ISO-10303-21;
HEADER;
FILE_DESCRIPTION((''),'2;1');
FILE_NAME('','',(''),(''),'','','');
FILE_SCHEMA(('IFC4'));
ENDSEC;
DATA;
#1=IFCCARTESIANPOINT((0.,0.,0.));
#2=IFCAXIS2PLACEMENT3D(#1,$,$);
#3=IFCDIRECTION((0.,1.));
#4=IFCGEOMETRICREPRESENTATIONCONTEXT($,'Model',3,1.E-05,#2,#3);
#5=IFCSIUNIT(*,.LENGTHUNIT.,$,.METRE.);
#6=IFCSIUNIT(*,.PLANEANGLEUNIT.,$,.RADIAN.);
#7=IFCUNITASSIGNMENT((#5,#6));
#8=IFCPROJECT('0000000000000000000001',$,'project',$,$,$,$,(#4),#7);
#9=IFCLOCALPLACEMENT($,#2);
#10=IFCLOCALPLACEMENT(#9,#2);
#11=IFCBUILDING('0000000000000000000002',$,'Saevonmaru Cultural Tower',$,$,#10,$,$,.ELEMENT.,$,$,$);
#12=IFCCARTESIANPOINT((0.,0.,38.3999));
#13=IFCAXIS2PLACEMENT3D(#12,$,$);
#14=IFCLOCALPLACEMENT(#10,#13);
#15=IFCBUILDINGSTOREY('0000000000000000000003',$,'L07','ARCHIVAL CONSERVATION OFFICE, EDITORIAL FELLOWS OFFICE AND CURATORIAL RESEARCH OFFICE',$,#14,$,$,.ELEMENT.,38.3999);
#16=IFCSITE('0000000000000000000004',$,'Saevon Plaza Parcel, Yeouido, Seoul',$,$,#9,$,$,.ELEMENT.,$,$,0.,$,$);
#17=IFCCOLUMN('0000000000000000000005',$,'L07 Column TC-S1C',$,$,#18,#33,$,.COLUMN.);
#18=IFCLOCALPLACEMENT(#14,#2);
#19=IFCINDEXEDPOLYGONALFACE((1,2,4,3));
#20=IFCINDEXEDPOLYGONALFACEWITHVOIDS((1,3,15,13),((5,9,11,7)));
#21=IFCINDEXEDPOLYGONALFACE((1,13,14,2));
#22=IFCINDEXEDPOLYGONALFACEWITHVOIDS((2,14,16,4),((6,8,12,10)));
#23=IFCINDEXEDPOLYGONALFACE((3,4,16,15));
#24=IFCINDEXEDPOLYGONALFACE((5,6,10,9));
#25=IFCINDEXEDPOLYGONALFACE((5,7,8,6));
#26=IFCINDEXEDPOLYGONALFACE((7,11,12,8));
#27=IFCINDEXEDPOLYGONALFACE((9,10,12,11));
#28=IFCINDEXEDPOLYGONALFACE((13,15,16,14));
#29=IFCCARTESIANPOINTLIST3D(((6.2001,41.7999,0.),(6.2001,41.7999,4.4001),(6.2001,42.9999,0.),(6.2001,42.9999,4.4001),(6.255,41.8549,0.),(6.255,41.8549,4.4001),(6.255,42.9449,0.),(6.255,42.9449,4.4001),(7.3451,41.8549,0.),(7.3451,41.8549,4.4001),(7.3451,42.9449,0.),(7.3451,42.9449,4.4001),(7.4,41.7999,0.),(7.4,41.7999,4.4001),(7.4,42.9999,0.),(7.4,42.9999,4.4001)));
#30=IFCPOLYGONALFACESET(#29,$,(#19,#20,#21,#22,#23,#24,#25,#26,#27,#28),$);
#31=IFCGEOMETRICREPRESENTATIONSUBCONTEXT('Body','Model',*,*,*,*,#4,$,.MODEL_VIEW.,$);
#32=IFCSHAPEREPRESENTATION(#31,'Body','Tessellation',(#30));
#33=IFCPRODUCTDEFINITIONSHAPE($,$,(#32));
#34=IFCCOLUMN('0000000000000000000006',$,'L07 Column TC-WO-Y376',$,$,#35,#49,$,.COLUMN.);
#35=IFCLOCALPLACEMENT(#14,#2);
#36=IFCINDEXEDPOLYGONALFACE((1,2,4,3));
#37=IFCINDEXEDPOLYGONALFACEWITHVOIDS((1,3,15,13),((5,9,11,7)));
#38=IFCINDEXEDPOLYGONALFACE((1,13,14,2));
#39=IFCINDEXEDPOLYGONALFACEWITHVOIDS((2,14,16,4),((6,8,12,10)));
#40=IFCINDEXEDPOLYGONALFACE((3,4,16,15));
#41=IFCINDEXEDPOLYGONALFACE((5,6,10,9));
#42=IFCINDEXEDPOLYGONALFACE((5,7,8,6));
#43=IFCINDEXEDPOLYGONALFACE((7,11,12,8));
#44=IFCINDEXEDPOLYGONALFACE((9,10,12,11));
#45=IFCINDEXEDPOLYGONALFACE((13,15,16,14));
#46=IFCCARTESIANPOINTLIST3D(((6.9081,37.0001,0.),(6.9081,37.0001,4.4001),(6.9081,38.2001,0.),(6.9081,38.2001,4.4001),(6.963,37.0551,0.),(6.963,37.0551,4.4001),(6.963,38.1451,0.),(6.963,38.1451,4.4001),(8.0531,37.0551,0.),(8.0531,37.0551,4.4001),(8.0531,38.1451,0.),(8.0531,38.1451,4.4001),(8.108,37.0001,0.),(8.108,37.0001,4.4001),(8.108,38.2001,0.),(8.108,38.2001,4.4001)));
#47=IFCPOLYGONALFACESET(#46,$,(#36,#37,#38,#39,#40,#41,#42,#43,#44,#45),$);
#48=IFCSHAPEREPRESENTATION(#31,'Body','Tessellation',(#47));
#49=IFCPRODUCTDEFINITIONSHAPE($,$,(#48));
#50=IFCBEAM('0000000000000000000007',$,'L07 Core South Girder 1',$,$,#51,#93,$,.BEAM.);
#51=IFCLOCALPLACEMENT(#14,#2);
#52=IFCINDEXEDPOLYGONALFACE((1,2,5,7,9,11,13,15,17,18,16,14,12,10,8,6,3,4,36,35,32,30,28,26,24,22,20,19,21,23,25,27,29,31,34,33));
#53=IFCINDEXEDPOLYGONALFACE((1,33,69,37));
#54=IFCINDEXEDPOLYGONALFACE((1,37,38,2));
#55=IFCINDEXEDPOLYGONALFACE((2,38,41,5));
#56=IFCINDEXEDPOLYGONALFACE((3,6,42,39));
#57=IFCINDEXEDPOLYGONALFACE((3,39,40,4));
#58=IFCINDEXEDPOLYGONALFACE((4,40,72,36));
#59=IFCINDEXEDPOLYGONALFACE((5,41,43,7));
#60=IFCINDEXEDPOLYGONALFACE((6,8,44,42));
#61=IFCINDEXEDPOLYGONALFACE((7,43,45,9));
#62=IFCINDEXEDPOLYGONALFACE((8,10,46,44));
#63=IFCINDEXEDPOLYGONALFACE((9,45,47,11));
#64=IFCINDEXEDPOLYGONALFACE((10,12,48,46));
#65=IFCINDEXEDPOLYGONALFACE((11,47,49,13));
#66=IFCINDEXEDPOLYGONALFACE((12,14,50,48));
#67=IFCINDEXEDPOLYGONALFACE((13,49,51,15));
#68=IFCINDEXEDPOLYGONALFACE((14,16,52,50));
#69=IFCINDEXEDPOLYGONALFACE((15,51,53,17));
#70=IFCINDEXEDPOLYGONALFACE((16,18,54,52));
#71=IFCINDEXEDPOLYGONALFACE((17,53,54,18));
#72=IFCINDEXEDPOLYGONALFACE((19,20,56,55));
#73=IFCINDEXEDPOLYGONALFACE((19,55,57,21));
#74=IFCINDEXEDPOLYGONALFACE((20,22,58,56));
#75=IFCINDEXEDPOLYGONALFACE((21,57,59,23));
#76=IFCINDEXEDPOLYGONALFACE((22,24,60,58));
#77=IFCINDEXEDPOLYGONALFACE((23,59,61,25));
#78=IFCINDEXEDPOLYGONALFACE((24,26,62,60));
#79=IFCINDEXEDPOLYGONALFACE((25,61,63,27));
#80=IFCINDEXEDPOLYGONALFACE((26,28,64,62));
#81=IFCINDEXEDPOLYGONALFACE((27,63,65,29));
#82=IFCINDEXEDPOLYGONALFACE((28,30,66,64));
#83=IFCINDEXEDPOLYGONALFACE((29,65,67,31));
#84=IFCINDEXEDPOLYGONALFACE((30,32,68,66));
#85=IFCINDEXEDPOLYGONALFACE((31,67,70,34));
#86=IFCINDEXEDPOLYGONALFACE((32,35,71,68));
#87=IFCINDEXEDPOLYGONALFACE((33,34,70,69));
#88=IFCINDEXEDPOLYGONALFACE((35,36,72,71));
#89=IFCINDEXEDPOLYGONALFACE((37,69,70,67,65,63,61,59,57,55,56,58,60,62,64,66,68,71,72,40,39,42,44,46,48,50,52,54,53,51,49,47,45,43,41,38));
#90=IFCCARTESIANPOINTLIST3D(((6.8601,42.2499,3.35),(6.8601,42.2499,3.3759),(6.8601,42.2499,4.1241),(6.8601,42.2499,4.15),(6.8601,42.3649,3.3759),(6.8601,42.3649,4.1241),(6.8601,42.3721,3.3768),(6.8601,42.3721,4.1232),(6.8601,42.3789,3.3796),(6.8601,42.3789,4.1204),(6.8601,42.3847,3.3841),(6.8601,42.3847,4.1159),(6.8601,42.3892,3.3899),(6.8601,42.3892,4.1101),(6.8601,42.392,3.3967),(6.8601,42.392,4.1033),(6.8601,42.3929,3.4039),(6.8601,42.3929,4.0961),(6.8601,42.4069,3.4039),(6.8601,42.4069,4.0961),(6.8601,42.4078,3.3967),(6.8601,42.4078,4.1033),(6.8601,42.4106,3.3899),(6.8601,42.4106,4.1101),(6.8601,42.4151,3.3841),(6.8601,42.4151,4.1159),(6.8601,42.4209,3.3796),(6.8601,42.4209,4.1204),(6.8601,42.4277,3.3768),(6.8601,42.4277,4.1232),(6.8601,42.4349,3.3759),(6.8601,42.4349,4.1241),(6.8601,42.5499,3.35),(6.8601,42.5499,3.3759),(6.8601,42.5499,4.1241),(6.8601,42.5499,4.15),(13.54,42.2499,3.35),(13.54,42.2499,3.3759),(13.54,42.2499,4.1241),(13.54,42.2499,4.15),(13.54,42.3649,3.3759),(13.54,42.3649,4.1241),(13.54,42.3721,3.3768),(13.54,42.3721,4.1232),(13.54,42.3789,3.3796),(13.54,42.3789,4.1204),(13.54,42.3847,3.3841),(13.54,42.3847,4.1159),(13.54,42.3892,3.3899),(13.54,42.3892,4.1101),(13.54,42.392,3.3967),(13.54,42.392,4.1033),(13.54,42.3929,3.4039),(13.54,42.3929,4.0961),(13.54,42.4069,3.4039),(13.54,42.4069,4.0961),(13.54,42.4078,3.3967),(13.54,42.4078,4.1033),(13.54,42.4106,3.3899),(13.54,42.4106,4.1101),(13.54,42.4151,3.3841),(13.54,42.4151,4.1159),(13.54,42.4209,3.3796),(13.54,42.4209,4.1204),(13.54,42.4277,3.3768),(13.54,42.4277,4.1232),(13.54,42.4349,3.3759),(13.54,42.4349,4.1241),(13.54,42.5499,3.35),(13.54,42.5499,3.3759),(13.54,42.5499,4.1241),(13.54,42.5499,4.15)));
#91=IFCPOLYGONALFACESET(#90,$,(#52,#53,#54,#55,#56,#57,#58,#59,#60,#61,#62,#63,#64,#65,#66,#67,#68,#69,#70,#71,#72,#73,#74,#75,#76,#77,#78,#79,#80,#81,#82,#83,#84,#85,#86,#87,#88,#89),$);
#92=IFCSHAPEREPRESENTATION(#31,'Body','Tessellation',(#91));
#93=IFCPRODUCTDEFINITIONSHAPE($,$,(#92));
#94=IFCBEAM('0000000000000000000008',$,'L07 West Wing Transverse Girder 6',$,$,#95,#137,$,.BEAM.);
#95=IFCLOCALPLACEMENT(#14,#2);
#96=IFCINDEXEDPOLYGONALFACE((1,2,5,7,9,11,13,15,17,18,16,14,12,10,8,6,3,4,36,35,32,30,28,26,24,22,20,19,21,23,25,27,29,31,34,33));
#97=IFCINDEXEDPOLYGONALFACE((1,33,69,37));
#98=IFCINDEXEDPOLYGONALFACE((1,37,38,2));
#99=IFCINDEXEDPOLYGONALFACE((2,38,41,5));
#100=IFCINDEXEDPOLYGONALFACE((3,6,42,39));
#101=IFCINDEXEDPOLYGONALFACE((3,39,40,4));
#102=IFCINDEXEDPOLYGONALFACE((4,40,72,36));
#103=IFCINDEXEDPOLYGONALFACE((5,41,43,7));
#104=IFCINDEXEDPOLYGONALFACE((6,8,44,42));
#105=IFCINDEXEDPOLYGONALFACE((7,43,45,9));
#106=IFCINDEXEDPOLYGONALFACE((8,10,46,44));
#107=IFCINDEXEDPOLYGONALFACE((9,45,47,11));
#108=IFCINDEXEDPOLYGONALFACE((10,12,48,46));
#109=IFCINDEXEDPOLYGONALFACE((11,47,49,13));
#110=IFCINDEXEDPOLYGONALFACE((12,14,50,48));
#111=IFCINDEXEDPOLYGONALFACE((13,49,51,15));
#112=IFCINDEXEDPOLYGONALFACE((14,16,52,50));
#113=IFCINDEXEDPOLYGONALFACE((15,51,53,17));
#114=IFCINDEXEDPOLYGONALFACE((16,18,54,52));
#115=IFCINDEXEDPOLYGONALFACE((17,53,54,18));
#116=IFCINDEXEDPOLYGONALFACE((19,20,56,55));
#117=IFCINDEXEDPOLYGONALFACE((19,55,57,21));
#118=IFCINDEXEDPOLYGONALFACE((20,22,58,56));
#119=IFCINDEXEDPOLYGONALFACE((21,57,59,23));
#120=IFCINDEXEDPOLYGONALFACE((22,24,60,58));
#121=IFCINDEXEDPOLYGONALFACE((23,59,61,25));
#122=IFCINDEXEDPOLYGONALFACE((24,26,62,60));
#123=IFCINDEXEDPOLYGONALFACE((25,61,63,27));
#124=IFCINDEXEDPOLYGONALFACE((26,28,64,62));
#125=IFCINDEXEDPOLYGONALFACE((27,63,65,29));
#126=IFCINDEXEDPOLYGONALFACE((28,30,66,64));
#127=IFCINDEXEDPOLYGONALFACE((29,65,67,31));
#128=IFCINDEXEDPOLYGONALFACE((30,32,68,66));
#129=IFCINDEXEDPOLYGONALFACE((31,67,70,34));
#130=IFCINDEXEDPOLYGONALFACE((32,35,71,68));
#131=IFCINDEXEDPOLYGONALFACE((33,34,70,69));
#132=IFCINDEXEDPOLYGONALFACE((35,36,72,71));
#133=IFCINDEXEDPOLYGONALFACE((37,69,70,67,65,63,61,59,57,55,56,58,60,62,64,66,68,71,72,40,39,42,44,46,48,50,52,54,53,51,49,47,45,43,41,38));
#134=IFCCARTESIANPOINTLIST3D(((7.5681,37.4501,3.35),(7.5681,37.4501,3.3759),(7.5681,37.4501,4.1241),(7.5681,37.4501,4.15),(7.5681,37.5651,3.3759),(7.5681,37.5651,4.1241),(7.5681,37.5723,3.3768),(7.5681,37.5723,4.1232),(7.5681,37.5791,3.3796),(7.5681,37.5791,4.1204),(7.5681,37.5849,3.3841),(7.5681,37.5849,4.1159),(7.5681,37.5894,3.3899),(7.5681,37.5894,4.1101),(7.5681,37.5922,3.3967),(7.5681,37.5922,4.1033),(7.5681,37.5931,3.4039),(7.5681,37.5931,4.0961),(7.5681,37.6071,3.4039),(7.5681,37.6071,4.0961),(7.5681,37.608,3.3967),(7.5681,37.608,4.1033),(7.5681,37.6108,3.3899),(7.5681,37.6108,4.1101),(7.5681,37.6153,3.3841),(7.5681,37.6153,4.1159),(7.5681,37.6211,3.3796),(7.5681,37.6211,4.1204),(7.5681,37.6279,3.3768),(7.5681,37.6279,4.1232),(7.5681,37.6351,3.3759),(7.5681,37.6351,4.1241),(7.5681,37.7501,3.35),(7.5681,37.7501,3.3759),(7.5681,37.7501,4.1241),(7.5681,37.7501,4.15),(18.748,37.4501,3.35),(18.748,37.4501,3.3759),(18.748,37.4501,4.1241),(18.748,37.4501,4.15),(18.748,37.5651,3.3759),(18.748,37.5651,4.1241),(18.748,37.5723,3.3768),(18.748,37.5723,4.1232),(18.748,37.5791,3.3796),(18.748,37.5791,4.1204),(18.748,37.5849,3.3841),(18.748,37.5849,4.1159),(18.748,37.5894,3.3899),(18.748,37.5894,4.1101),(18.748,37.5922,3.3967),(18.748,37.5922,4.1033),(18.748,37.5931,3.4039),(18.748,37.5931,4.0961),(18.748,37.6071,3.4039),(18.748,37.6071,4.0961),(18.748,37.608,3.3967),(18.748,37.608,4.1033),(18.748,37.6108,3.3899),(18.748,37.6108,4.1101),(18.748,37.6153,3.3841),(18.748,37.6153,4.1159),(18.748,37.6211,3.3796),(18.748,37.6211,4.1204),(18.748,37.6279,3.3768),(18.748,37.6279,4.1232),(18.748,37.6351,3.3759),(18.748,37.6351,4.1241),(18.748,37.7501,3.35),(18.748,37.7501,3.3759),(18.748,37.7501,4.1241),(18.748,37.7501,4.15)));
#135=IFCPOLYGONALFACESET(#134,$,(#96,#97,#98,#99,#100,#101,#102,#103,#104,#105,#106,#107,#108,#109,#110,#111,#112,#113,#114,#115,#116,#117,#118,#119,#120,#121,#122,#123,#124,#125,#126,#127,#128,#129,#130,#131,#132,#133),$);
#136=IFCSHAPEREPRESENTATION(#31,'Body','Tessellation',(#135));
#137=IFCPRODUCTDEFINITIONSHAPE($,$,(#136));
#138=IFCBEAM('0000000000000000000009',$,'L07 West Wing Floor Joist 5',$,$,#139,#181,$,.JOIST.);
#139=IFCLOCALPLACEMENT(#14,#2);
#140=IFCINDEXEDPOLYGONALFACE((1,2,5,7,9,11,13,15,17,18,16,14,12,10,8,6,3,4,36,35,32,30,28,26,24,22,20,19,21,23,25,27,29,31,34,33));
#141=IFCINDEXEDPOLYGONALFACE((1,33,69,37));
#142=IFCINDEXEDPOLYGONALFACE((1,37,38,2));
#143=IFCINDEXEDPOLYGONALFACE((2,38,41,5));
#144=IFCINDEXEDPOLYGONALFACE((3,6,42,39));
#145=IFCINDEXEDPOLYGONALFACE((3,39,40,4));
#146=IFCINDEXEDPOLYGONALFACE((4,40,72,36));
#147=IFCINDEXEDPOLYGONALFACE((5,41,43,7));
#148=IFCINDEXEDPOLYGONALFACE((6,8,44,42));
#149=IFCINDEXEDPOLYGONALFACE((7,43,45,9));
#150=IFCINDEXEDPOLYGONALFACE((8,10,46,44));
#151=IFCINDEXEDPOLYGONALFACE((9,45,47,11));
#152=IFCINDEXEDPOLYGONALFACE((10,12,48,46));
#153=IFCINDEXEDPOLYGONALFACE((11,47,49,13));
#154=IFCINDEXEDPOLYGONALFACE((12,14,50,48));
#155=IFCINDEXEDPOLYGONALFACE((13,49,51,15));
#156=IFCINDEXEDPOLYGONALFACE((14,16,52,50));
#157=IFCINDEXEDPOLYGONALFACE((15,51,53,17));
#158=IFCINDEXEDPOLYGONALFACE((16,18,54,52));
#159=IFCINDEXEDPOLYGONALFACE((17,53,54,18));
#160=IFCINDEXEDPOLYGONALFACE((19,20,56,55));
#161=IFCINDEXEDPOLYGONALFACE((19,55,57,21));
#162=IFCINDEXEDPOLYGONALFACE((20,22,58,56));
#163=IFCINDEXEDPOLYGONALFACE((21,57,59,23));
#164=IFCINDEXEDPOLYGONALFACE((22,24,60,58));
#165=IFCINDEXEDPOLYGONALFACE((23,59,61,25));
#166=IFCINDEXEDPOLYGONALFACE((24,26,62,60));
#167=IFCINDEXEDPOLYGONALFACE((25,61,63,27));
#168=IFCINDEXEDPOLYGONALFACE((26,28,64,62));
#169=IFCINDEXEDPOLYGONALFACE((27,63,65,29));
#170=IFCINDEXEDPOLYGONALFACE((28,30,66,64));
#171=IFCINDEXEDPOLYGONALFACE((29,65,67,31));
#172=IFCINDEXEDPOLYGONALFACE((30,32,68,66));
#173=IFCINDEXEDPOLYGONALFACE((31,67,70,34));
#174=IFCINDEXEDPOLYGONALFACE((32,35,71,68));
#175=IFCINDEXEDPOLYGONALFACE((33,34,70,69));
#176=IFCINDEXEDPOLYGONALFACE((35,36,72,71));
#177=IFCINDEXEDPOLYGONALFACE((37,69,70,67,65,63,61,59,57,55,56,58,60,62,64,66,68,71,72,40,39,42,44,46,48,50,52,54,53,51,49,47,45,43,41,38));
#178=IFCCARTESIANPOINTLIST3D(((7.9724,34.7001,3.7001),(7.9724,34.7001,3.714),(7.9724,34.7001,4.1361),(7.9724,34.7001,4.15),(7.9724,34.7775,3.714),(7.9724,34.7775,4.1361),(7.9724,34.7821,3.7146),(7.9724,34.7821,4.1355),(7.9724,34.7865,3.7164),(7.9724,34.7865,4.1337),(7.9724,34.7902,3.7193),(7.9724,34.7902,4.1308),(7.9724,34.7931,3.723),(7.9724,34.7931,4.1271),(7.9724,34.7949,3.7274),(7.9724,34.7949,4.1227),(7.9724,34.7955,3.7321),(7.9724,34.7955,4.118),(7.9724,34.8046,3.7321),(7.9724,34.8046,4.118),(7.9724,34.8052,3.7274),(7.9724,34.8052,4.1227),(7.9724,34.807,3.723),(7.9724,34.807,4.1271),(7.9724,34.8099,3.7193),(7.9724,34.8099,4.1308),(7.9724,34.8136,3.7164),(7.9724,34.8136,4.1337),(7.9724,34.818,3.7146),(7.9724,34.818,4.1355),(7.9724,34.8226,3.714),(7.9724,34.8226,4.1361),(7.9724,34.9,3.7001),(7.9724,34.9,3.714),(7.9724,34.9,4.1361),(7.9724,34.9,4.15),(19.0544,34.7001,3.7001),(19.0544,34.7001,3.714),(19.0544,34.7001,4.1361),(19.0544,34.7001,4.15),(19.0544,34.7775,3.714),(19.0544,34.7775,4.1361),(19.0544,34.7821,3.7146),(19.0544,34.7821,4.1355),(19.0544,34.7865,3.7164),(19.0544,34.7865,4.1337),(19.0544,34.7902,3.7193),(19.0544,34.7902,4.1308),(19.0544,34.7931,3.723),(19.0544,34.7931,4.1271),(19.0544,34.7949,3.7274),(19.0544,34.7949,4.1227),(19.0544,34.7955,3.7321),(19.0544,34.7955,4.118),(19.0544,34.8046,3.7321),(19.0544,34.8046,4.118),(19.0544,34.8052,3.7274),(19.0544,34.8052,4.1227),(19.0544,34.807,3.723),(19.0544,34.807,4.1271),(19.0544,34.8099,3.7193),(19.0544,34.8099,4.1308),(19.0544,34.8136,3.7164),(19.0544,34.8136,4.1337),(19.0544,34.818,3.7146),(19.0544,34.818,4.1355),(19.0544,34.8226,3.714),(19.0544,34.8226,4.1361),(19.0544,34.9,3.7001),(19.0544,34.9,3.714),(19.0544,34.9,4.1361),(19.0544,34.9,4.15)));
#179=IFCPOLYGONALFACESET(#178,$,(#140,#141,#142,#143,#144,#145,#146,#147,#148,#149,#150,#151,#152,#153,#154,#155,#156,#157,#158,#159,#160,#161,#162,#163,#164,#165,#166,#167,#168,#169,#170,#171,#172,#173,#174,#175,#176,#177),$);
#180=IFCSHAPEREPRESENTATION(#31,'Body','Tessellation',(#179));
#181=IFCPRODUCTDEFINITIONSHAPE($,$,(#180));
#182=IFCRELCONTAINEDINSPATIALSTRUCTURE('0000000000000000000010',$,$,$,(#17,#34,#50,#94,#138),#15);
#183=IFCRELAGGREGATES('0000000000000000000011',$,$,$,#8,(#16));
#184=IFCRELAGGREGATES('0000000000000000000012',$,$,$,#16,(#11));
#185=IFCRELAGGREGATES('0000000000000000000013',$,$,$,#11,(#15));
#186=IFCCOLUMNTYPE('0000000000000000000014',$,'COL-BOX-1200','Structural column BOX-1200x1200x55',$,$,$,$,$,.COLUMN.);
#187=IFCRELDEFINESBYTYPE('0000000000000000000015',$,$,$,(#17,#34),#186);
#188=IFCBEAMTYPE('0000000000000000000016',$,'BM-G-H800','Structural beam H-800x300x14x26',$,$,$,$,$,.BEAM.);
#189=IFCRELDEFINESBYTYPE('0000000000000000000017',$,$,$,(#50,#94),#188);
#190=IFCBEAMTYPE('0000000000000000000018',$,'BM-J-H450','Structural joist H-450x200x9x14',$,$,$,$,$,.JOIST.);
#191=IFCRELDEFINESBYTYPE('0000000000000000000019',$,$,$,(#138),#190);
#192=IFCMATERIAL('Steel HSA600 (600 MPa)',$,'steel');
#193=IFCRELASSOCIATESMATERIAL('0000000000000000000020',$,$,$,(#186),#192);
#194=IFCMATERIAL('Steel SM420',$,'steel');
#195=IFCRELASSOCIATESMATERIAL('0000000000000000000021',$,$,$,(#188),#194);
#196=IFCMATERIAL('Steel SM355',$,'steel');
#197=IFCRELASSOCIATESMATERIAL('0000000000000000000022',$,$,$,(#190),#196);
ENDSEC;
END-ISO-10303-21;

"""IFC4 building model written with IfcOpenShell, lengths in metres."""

from ifc_helpers import new_model, si_unit, direction, frame, origin, origin_2d, place, context, subcontext, project, spatial, hollow_rectangle, i_section, extrude, material, material_profile, profile_set, type_object, element, save


model = new_model("IFC4")

# Units and contexts
model_context = context("Model", 3, precision=1e-05, world=origin(), true_north=direction((0.0, 1.0)))
body_context = subcontext(model_context, "Body", "Model", "MODEL_VIEW")
ifc_project = project(units=[si_unit("LENGTHUNIT", "METRE"), si_unit("PLANEANGLEUNIT", "RADIAN")], contexts=[model_context])

# Site, building, storey
site_placement = place(None, origin())
site = spatial("IfcSite", under=ifc_project, at=site_placement, Name="Saevon Plaza Parcel, Yeouido, Seoul", CompositionType="ELEMENT", RefElevation=0.0)
building_placement = place(site_placement, origin())
building = spatial("IfcBuilding", under=site, at=building_placement, Name="Saevonmaru Cultural Tower", CompositionType="ELEMENT")
storey_placement = place(building_placement, frame((0.0, 0.0, 38.3999)))
storey = spatial("IfcBuildingStorey", under=building, at=storey_placement, Name="L07", Description="ARCHIVAL CONSERVATION OFFICE, EDITORIAL FELLOWS OFFICE AND CURATORIAL RESEARCH OFFICE", CompositionType="ELEMENT", Elevation=38.3999)

# Columns
ifc_material_1 = material(Name="Steel HSA600 (600 MPa)", Category="steel")
ifc_material_profile_1 = material_profile(ifc_material_1, hollow_rectangle(XDim=1.2, YDim=1.2, WallThickness=0.0549, at=origin_2d()), Name="BOX-1200x1200x55")
ifc_profile_set_1 = profile_set([ifc_material_profile_1], Name="Steel HSA600 (600 MPa)")
column_type = type_object("IfcColumnType", Name="COL-BOX-1200", Description="Structural column BOX-1200x1200x55", PredefinedType="COLUMN", material=ifc_profile_set_1)
for number, where, z_axis, x_axis, name in (
    (1, (6.8, 42.3999, 0.0), (0.0, 0.0, 1.0), (1.0, 0.0, 0.0), "L07 Column TC-S1C"),
    (2, (7.5081, 37.6001, 0.0), (0.0, 0.0, 1.0), (1.0, 0.0, 0.0), "L07 Column TC-WO-Y376"),
):
    element("IfcColumn", number, at=place(storey_placement, frame(where, z_axis=z_axis, x_axis=x_axis)), inside=storey, type_object=column_type, Name=name, PredefinedType="COLUMN", context=body_context, shape_type="SweptSolid", body=[
        extrude(hollow_rectangle(XDim=1.2, YDim=1.2, WallThickness=0.0549, at=origin_2d()), origin(), (0.0, 0.0, 1.0), 4.4001),
    ])

# Beams
ifc_material_2 = material(Name="Steel SM420", Category="steel")
ifc_material_profile_2 = material_profile(ifc_material_2, i_section(OverallWidth=0.3, OverallDepth=0.8, WebThickness=0.0139, FlangeThickness=0.0259, FilletRadius=0.0281, at=origin_2d()), Name="H-800x300x14x26")
ifc_profile_set_2 = profile_set([ifc_material_profile_2], Name="Steel SM420")
beam_type_1 = type_object("IfcBeamType", Name="BM-G-H800", Description="Structural beam H-800x300x14x26", PredefinedType="BEAM", material=ifc_profile_set_2)
beam_1_placement = place(storey_placement, frame((6.8601, 42.3999, 3.75), z_axis=(1.0, 0.0, 0.0), x_axis=(0.0, 1.0, 0.0)))
element("IfcBeam", 3, at=beam_1_placement, inside=storey, type_object=beam_type_1, Name="L07 Core South Girder 1", PredefinedType="BEAM", context=body_context, shape_type="SweptSolid", body=[
    extrude(i_section(OverallWidth=0.3, OverallDepth=0.8, WebThickness=0.0139, FlangeThickness=0.0259, FilletRadius=0.0281, at=origin_2d()), origin(), (0.0, 0.0, 1.0), 6.6799),
])
beam_2_placement = place(storey_placement, frame((7.5681, 37.6001, 3.75), z_axis=(1.0, 0.0, 0.0), x_axis=(0.0, 1.0, 0.0)))
element("IfcBeam", 4, at=beam_2_placement, inside=storey, type_object=beam_type_1, Name="L07 West Wing Transverse Girder 6", PredefinedType="BEAM", context=body_context, shape_type="SweptSolid", body=[
    extrude(i_section(OverallWidth=0.3, OverallDepth=0.8, WebThickness=0.0139, FlangeThickness=0.0259, FilletRadius=0.0281, at=origin_2d()), origin(), (0.0, 0.0, 1.0), 11.1799),
])
ifc_material_3 = material(Name="Steel SM355", Category="steel")
ifc_material_profile_3 = material_profile(ifc_material_3, i_section(OverallWidth=0.2, OverallDepth=0.45, WebThickness=0.009, FlangeThickness=0.0139, FilletRadius=0.0181, at=origin_2d()), Name="H-450x200x9x14")
ifc_profile_set_3 = profile_set([ifc_material_profile_3], Name="Steel SM355")
beam_type_2 = type_object("IfcBeamType", Name="BM-J-H450", Description="Structural joist H-450x200x9x14", PredefinedType="JOIST", material=ifc_profile_set_3)
beam_3_placement = place(storey_placement, frame((7.9724, 34.8, 3.925), z_axis=(1.0, 0.0, 0.0), x_axis=(0.0, 1.0, 0.0)))
element("IfcBeam", 5, at=beam_3_placement, inside=storey, type_object=beam_type_2, Name="L07 West Wing Floor Joist 5", PredefinedType="JOIST", context=body_context, shape_type="SweptSolid", body=[
    extrude(i_section(OverallWidth=0.2, OverallDepth=0.45, WebThickness=0.009, FlangeThickness=0.0139, FilletRadius=0.0181, at=origin_2d()), origin(), (0.0, 0.0, 1.0), 11.082),
])

save(model, "model.ifc")
